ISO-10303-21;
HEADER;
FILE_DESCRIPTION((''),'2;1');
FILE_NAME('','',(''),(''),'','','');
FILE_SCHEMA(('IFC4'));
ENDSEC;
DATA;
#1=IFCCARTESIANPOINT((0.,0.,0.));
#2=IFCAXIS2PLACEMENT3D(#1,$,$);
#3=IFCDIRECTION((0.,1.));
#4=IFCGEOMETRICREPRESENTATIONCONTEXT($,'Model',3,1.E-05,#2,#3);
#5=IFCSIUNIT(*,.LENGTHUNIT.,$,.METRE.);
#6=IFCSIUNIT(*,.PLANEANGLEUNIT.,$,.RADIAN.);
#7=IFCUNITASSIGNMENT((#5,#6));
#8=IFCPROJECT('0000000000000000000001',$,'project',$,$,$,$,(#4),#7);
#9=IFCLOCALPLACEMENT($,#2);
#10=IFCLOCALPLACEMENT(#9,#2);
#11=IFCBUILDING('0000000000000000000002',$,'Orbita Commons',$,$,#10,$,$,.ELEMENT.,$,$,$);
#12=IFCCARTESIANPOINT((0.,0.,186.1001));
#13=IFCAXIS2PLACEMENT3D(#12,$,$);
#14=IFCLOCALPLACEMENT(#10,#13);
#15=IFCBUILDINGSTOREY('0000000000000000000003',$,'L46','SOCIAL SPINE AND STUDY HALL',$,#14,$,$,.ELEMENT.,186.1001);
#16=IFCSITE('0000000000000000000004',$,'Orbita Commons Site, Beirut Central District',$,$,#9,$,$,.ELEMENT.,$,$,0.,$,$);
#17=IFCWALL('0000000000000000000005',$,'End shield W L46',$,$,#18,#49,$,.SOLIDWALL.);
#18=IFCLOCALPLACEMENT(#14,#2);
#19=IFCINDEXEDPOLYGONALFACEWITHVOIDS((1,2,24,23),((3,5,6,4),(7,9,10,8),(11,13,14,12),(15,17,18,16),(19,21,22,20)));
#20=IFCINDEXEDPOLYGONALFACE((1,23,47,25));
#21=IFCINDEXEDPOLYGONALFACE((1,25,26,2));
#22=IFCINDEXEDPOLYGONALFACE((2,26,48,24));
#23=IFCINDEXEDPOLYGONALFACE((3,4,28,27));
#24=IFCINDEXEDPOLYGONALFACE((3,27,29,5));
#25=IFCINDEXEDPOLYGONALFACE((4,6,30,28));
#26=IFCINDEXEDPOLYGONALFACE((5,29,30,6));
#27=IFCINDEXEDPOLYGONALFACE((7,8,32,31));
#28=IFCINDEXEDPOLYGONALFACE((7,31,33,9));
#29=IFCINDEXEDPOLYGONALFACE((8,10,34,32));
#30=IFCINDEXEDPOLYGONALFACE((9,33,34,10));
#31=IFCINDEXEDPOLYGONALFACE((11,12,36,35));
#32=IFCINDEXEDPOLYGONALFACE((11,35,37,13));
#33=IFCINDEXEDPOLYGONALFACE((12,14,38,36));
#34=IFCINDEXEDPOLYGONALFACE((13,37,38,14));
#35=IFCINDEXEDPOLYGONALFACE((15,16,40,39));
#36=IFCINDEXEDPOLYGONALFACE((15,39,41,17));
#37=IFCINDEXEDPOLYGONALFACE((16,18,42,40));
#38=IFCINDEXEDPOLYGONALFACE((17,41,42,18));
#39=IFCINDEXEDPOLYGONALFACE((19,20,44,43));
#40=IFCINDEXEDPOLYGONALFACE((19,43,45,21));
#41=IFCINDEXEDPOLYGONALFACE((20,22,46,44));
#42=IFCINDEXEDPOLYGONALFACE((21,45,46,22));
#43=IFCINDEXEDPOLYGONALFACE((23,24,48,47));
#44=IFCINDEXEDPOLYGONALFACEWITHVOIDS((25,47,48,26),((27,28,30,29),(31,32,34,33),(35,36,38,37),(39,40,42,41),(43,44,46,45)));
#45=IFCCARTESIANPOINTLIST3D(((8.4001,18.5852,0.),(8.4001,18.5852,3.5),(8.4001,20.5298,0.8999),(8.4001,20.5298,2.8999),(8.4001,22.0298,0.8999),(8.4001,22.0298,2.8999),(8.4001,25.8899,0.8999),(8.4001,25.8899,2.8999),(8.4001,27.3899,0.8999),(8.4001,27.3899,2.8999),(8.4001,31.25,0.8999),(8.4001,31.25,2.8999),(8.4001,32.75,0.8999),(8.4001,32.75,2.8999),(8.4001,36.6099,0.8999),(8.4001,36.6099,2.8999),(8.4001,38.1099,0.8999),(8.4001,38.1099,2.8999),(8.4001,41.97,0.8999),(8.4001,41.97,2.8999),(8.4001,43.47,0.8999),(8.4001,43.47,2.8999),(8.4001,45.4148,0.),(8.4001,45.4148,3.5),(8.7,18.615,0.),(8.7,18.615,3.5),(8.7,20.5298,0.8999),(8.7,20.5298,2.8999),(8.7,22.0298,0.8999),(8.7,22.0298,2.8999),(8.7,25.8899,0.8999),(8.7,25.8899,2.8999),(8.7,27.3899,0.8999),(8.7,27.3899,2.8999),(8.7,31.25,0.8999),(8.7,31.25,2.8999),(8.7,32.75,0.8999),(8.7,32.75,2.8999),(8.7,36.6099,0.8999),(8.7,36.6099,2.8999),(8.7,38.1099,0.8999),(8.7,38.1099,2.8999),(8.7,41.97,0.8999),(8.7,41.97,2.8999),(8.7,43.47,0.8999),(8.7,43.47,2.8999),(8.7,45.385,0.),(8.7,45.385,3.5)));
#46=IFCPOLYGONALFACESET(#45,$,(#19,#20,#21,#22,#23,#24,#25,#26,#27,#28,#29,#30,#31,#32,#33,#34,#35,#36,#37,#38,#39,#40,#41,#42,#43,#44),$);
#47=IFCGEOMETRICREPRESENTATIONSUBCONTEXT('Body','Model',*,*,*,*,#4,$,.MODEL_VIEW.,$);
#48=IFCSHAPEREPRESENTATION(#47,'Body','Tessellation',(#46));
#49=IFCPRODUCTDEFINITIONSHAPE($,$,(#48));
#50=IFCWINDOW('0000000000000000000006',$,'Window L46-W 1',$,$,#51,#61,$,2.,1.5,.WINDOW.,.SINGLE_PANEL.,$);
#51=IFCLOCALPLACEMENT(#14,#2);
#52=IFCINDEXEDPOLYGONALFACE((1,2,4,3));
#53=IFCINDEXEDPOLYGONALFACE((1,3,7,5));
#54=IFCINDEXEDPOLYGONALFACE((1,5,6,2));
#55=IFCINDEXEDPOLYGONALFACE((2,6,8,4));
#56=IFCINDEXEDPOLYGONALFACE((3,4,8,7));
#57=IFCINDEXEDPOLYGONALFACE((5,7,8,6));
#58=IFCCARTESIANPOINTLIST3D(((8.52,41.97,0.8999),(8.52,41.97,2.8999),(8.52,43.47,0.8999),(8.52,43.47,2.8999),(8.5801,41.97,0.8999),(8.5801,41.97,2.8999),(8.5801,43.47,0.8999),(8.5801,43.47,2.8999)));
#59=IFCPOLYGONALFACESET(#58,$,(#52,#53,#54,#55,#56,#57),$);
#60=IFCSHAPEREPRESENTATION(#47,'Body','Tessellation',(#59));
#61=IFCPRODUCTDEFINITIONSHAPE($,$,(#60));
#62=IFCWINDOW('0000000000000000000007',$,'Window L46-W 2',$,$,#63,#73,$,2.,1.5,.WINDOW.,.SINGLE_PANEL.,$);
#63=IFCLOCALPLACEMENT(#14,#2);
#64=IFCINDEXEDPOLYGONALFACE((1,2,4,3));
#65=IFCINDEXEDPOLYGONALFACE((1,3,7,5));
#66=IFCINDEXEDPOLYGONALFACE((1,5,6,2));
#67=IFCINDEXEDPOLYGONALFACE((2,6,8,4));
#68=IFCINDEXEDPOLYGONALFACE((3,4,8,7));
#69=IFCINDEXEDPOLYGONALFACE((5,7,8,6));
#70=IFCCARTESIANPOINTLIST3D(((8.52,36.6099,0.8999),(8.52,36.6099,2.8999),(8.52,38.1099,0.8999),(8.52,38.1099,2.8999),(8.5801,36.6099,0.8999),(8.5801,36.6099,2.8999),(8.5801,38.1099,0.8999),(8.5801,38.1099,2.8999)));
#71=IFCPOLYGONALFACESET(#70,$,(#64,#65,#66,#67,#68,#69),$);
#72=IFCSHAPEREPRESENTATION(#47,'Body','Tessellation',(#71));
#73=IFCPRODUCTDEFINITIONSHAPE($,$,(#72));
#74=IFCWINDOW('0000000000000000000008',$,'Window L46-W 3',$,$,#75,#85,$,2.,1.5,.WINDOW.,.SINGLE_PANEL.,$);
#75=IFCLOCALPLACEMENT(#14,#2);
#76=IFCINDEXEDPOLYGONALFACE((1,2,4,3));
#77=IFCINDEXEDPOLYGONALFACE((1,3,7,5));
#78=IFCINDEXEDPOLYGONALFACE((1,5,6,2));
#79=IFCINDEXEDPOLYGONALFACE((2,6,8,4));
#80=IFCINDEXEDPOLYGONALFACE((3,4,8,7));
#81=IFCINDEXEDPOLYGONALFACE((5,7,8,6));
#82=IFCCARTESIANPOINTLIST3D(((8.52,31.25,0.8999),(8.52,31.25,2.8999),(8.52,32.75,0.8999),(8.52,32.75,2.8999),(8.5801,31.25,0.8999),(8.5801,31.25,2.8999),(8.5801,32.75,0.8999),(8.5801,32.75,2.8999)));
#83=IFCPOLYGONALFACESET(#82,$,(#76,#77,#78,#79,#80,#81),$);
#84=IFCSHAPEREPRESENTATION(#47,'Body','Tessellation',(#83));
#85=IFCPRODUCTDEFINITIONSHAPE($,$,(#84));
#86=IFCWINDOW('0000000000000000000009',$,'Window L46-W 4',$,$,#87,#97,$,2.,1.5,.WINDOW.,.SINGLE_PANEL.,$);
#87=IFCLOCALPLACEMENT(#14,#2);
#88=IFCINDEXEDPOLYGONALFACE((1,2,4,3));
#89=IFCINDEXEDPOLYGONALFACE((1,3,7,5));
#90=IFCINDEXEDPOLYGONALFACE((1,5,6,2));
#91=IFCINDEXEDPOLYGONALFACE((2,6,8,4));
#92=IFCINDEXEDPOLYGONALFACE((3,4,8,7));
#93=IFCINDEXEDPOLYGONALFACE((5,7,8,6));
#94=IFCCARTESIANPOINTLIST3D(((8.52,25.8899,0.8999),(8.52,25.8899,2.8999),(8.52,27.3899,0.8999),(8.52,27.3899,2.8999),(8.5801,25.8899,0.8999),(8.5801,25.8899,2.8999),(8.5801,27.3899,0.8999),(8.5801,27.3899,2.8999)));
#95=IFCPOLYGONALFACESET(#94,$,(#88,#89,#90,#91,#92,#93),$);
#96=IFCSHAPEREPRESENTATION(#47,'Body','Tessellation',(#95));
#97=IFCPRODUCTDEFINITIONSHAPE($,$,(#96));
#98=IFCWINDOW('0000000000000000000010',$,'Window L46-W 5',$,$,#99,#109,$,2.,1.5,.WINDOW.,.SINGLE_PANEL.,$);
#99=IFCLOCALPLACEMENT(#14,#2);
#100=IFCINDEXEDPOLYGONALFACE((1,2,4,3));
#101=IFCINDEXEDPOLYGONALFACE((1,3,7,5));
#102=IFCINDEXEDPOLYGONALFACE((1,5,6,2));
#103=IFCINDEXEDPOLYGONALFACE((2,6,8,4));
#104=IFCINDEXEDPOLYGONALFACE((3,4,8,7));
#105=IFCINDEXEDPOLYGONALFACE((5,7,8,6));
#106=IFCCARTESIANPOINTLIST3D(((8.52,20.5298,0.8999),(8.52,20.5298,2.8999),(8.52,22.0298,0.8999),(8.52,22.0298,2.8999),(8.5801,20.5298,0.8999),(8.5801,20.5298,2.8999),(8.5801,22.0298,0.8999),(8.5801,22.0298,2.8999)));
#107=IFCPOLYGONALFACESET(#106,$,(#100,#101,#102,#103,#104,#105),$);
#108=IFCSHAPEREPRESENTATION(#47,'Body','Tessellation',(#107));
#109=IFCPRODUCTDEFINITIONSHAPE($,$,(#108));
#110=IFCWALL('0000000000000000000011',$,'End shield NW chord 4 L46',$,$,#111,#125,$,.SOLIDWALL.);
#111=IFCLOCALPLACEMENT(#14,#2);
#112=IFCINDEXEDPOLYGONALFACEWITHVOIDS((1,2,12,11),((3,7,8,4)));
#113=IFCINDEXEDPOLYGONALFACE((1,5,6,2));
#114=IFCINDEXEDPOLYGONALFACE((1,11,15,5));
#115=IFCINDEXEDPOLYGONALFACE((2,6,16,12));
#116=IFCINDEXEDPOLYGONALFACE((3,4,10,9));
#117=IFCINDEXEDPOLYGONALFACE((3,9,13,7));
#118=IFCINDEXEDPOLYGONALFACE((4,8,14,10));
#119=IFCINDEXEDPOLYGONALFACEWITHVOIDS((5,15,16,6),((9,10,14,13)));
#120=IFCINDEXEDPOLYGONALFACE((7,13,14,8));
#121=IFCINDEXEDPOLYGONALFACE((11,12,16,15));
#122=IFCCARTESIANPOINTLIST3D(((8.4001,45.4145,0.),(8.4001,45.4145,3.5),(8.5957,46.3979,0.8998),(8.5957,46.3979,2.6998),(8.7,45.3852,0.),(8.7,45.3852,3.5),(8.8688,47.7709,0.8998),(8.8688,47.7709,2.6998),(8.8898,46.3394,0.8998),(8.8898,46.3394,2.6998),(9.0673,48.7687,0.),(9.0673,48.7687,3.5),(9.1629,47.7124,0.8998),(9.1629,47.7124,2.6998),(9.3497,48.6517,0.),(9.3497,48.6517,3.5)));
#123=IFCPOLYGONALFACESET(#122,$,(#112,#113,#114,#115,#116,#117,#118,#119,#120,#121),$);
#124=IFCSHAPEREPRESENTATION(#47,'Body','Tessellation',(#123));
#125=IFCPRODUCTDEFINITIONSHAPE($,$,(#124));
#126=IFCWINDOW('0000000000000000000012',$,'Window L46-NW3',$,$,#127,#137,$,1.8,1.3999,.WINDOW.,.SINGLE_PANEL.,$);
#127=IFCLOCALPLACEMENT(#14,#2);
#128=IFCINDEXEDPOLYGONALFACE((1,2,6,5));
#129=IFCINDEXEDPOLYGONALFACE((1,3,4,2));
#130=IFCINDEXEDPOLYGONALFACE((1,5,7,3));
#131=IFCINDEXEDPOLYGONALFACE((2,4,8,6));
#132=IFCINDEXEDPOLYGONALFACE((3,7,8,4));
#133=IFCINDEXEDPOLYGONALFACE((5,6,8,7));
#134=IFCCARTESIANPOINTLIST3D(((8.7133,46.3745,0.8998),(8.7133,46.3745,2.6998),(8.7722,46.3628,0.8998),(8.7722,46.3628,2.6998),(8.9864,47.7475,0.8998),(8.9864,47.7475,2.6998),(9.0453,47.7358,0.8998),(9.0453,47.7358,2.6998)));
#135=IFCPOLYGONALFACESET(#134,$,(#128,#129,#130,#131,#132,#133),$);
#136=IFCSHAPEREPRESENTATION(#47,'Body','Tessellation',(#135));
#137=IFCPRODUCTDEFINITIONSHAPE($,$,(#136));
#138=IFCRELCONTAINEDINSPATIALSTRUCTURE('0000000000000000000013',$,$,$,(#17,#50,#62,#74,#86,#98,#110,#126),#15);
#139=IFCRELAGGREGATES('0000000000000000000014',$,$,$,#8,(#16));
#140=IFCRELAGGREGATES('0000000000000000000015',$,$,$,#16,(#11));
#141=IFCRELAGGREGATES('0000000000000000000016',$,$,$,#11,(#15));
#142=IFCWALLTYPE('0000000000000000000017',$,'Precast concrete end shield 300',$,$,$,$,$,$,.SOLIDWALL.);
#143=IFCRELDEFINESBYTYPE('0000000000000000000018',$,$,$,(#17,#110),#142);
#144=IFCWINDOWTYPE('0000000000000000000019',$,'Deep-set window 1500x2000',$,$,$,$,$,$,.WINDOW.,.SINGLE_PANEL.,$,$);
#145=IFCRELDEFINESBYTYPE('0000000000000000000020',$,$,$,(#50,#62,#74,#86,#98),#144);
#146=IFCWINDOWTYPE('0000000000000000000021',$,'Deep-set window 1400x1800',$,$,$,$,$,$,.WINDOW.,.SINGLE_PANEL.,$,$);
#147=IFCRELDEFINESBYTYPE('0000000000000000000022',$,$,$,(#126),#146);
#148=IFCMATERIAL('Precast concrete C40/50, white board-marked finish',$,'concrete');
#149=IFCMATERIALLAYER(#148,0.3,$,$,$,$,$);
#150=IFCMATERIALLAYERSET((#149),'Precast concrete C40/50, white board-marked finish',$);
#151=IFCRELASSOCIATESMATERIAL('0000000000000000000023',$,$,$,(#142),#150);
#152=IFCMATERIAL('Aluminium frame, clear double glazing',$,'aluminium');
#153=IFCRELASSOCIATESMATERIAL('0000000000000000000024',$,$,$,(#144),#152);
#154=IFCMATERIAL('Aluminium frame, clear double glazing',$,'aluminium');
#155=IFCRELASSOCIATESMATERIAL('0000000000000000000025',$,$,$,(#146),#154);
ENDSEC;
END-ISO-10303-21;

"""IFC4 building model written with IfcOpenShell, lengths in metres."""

from ifc_helpers import new_model, si_unit, direction, frame, frame_2d, origin, place, context, subcontext, project, spatial, polyline, rectangle, outline, extrude, material, layer, layer_set, type_object, element, fill, save


model = new_model("IFC4")

# Units and contexts
model_context = context("Model", 3, precision=1e-05, world=origin(), true_north=direction((0.0, 1.0)))
body_context = subcontext(model_context, "Body", "Model", "MODEL_VIEW")
ifc_project = project(units=[si_unit("LENGTHUNIT", "METRE"), si_unit("PLANEANGLEUNIT", "RADIAN")], contexts=[model_context])

# Site, building, storey
site_placement = place(None, origin())
site = spatial("IfcSite", under=ifc_project, at=site_placement, Name="Orbita Commons Site, Beirut Central District", CompositionType="ELEMENT", RefElevation=0.0)
building_placement = place(site_placement, origin())
building = spatial("IfcBuilding", under=site, at=building_placement, Name="Orbita Commons", CompositionType="ELEMENT")
storey_placement = place(building_placement, frame((0.0, 0.0, 186.1001)))
storey = spatial("IfcBuildingStorey", under=building, at=storey_placement, Name="L46", Description="SOCIAL SPINE AND STUDY HALL", CompositionType="ELEMENT", Elevation=186.1001)

# Wall, openings, windows
ifc_material_1 = material(Name="Precast concrete C40/50, white board-marked finish", Category="concrete")
ifc_layer_1 = layer(ifc_material_1, 0.3)
ifc_layer_set_1 = layer_set([ifc_layer_1], Name="Precast concrete C40/50, white board-marked finish")
wall_type_1 = type_object("IfcWallType", Name="Precast concrete end shield 300", PredefinedType="SOLIDWALL", material=ifc_layer_set_1)
wall_1_placement = place(storey_placement, frame((8.55, 45.3999, 0.0), z_axis=(0.0, 0.0, 1.0), x_axis=(0.0, -1.0, 0.0)))
wall_1 = element("IfcWall", 1, at=wall_1_placement, inside=storey, type_object=wall_type_1, Name="End shield W L46", PredefinedType="SOLIDWALL", context=body_context, shape_type="SweptSolid", body=[
    extrude(outline(polyline([(-0.0149, -0.1499), (26.8147, -0.1499), (26.7849, 0.1499), (0.0149, 0.1499), (-0.0149, -0.1499)])), origin(), (0.0, 0.0, 1.0), 3.5),
])
opening_1_placement = place(wall_1_placement, frame((1.9299, 0.0, 0.8999)))
opening_1 = element("IfcOpeningElement", 2, at=opening_1_placement, cuts=wall_1, PredefinedType="OPENING", context=body_context, shape_type="SweptSolid", body=[
    extrude(rectangle(XDim=1.5, YDim=2.0, at=frame_2d((0.75, 1.0))), frame((0.0, 0.1599, 0.0), z_axis=(0.0, -1.0, 0.0), x_axis=(1.0, 0.0, 0.0)), (0.0, 0.0, 1.0), 0.3201),
])
opening_2_placement = place(wall_1_placement, frame((7.29, 0.0, 0.8999)))
opening_2 = element("IfcOpeningElement", 3, at=opening_2_placement, cuts=wall_1, PredefinedType="OPENING", context=body_context, shape_type="SweptSolid", body=[
    extrude(rectangle(XDim=1.5, YDim=2.0, at=frame_2d((0.75, 1.0))), frame((0.0, 0.1599, 0.0), z_axis=(0.0, -1.0, 0.0), x_axis=(1.0, 0.0, 0.0)), (0.0, 0.0, 1.0), 0.3201),
])
opening_3_placement = place(wall_1_placement, frame((12.6499, 0.0, 0.8999)))
opening_3 = element("IfcOpeningElement", 4, at=opening_3_placement, cuts=wall_1, PredefinedType="OPENING", context=body_context, shape_type="SweptSolid", body=[
    extrude(rectangle(XDim=1.5, YDim=2.0, at=frame_2d((0.75, 1.0))), frame((0.0, 0.1599, 0.0), z_axis=(0.0, -1.0, 0.0), x_axis=(1.0, 0.0, 0.0)), (0.0, 0.0, 1.0), 0.3201),
])
opening_4_placement = place(wall_1_placement, frame((18.01, 0.0, 0.8999)))
opening_4 = element("IfcOpeningElement", 5, at=opening_4_placement, cuts=wall_1, PredefinedType="OPENING", context=body_context, shape_type="SweptSolid", body=[
    extrude(rectangle(XDim=1.5, YDim=2.0, at=frame_2d((0.75, 1.0))), frame((0.0, 0.1599, 0.0), z_axis=(0.0, -1.0, 0.0), x_axis=(1.0, 0.0, 0.0)), (0.0, 0.0, 1.0), 0.3201),
])
opening_5_placement = place(wall_1_placement, frame((23.3701, 0.0, 0.8999)))
opening_5 = element("IfcOpeningElement", 6, at=opening_5_placement, cuts=wall_1, PredefinedType="OPENING", context=body_context, shape_type="SweptSolid", body=[
    extrude(rectangle(XDim=1.5, YDim=2.0, at=frame_2d((0.75, 1.0))), frame((0.0, 0.1599, 0.0), z_axis=(0.0, -1.0, 0.0), x_axis=(1.0, 0.0, 0.0)), (0.0, 0.0, 1.0), 0.3201),
])
ifc_material_2 = material(Name="Aluminium frame, clear double glazing", Category="aluminium")
window_type_1 = type_object("IfcWindowType", Name="Deep-set window 1500x2000", PartitioningType="SINGLE_PANEL", PredefinedType="WINDOW", material=ifc_material_2)
window_1_placement = place(opening_1_placement, origin())
window_1 = element("IfcWindow", 7, at=window_1_placement, inside=storey, type_object=window_type_1, Name="Window L46-W 1", OverallHeight=2.0, OverallWidth=1.5, PartitioningType="SINGLE_PANEL", PredefinedType="WINDOW", context=body_context, shape_type="SweptSolid", body=[
    extrude(rectangle(XDim=1.5, YDim=2.0, at=frame_2d((0.75, 1.0))), frame((0.0, 0.03, 0.0), z_axis=(0.0, -1.0, 0.0), x_axis=(1.0, 0.0, 0.0)), (0.0, 0.0, 1.0), 0.0601),
])
fill(opening_1, window_1)
window_2_placement = place(opening_2_placement, origin())
window_2 = element("IfcWindow", 8, at=window_2_placement, inside=storey, type_object=window_type_1, Name="Window L46-W 2", OverallHeight=2.0, OverallWidth=1.5, PartitioningType="SINGLE_PANEL", PredefinedType="WINDOW", context=body_context, shape_type="SweptSolid", body=[
    extrude(rectangle(XDim=1.5, YDim=2.0, at=frame_2d((0.75, 1.0))), frame((0.0, 0.03, 0.0), z_axis=(0.0, -1.0, 0.0), x_axis=(1.0, 0.0, 0.0)), (0.0, 0.0, 1.0), 0.0601),
])
fill(opening_2, window_2)
window_3_placement = place(opening_3_placement, origin())
window_3 = element("IfcWindow", 9, at=window_3_placement, inside=storey, type_object=window_type_1, Name="Window L46-W 3", OverallHeight=2.0, OverallWidth=1.5, PartitioningType="SINGLE_PANEL", PredefinedType="WINDOW", context=body_context, shape_type="SweptSolid", body=[
    extrude(rectangle(XDim=1.5, YDim=2.0, at=frame_2d((0.75, 1.0))), frame((0.0, 0.03, 0.0), z_axis=(0.0, -1.0, 0.0), x_axis=(1.0, 0.0, 0.0)), (0.0, 0.0, 1.0), 0.0601),
])
fill(opening_3, window_3)
window_4_placement = place(opening_4_placement, origin())
window_4 = element("IfcWindow", 10, at=window_4_placement, inside=storey, type_object=window_type_1, Name="Window L46-W 4", OverallHeight=2.0, OverallWidth=1.5, PartitioningType="SINGLE_PANEL", PredefinedType="WINDOW", context=body_context, shape_type="SweptSolid", body=[
    extrude(rectangle(XDim=1.5, YDim=2.0, at=frame_2d((0.75, 1.0))), frame((0.0, 0.03, 0.0), z_axis=(0.0, -1.0, 0.0), x_axis=(1.0, 0.0, 0.0)), (0.0, 0.0, 1.0), 0.0601),
])
fill(opening_4, window_4)
window_5_placement = place(opening_5_placement, origin())
window_5 = element("IfcWindow", 11, at=window_5_placement, inside=storey, type_object=window_type_1, Name="Window L46-W 5", OverallHeight=2.0, OverallWidth=1.5, PartitioningType="SINGLE_PANEL", PredefinedType="WINDOW", context=body_context, shape_type="SweptSolid", body=[
    extrude(rectangle(XDim=1.5, YDim=2.0, at=frame_2d((0.75, 1.0))), frame((0.0, 0.03, 0.0), z_axis=(0.0, -1.0, 0.0), x_axis=(1.0, 0.0, 0.0)), (0.0, 0.0, 1.0), 0.0601),
])
fill(opening_5, window_5)

# Wall, opening, window
wall_2_placement = place(storey_placement, frame((9.2085, 48.7102, 0.0), z_axis=(0.0, 0.0, 1.0), x_axis=(-0.195087, -0.980786, 0.0)))
wall_2 = element("IfcWall", 12, at=wall_2_placement, inside=storey, type_object=wall_type_1, Name="End shield NW chord 4 L46", PredefinedType="SOLIDWALL", context=body_context, shape_type="SweptSolid", body=[
    extrude(outline(polyline([(-0.0298, -0.1499), (3.3901, -0.1499), (3.3604, 0.1499), (0.0298, 0.1499), (-0.0298, -0.1499)])), origin(), (0.0, 0.0, 1.0), 3.5),
])
opening_6_placement = place(wall_2_placement, frame((0.9875, 0.0, 0.8999)))
opening_6 = element("IfcOpeningElement", 13, at=opening_6_placement, cuts=wall_2, PredefinedType="OPENING", context=body_context, shape_type="SweptSolid", body=[
    extrude(rectangle(XDim=1.3999, YDim=1.8, at=frame_2d((0.7, 0.8999))), frame((0.0, 0.1599, 0.0), z_axis=(0.0, -1.0, 0.0), x_axis=(1.0, 0.0, 0.0)), (0.0, 0.0, 1.0), 0.3201),
])
ifc_material_3 = material(Name="Aluminium frame, clear double glazing", Category="aluminium")
window_type_2 = type_object("IfcWindowType", Name="Deep-set window 1400x1800", PartitioningType="SINGLE_PANEL", PredefinedType="WINDOW", material=ifc_material_3)
window_6_placement = place(opening_6_placement, origin())
window_6 = element("IfcWindow", 14, at=window_6_placement, inside=storey, type_object=window_type_2, Name="Window L46-NW3", OverallHeight=1.8, OverallWidth=1.3999, PartitioningType="SINGLE_PANEL", PredefinedType="WINDOW", context=body_context, shape_type="SweptSolid", body=[
    extrude(rectangle(XDim=1.3999, YDim=1.8, at=frame_2d((0.7, 0.8999))), frame((0.0, 0.03, 0.0), z_axis=(0.0, -1.0, 0.0), x_axis=(1.0, 0.0, 0.0)), (0.0, 0.0, 1.0), 0.0601),
])
fill(opening_6, window_6)

save(model, "model.ifc")
